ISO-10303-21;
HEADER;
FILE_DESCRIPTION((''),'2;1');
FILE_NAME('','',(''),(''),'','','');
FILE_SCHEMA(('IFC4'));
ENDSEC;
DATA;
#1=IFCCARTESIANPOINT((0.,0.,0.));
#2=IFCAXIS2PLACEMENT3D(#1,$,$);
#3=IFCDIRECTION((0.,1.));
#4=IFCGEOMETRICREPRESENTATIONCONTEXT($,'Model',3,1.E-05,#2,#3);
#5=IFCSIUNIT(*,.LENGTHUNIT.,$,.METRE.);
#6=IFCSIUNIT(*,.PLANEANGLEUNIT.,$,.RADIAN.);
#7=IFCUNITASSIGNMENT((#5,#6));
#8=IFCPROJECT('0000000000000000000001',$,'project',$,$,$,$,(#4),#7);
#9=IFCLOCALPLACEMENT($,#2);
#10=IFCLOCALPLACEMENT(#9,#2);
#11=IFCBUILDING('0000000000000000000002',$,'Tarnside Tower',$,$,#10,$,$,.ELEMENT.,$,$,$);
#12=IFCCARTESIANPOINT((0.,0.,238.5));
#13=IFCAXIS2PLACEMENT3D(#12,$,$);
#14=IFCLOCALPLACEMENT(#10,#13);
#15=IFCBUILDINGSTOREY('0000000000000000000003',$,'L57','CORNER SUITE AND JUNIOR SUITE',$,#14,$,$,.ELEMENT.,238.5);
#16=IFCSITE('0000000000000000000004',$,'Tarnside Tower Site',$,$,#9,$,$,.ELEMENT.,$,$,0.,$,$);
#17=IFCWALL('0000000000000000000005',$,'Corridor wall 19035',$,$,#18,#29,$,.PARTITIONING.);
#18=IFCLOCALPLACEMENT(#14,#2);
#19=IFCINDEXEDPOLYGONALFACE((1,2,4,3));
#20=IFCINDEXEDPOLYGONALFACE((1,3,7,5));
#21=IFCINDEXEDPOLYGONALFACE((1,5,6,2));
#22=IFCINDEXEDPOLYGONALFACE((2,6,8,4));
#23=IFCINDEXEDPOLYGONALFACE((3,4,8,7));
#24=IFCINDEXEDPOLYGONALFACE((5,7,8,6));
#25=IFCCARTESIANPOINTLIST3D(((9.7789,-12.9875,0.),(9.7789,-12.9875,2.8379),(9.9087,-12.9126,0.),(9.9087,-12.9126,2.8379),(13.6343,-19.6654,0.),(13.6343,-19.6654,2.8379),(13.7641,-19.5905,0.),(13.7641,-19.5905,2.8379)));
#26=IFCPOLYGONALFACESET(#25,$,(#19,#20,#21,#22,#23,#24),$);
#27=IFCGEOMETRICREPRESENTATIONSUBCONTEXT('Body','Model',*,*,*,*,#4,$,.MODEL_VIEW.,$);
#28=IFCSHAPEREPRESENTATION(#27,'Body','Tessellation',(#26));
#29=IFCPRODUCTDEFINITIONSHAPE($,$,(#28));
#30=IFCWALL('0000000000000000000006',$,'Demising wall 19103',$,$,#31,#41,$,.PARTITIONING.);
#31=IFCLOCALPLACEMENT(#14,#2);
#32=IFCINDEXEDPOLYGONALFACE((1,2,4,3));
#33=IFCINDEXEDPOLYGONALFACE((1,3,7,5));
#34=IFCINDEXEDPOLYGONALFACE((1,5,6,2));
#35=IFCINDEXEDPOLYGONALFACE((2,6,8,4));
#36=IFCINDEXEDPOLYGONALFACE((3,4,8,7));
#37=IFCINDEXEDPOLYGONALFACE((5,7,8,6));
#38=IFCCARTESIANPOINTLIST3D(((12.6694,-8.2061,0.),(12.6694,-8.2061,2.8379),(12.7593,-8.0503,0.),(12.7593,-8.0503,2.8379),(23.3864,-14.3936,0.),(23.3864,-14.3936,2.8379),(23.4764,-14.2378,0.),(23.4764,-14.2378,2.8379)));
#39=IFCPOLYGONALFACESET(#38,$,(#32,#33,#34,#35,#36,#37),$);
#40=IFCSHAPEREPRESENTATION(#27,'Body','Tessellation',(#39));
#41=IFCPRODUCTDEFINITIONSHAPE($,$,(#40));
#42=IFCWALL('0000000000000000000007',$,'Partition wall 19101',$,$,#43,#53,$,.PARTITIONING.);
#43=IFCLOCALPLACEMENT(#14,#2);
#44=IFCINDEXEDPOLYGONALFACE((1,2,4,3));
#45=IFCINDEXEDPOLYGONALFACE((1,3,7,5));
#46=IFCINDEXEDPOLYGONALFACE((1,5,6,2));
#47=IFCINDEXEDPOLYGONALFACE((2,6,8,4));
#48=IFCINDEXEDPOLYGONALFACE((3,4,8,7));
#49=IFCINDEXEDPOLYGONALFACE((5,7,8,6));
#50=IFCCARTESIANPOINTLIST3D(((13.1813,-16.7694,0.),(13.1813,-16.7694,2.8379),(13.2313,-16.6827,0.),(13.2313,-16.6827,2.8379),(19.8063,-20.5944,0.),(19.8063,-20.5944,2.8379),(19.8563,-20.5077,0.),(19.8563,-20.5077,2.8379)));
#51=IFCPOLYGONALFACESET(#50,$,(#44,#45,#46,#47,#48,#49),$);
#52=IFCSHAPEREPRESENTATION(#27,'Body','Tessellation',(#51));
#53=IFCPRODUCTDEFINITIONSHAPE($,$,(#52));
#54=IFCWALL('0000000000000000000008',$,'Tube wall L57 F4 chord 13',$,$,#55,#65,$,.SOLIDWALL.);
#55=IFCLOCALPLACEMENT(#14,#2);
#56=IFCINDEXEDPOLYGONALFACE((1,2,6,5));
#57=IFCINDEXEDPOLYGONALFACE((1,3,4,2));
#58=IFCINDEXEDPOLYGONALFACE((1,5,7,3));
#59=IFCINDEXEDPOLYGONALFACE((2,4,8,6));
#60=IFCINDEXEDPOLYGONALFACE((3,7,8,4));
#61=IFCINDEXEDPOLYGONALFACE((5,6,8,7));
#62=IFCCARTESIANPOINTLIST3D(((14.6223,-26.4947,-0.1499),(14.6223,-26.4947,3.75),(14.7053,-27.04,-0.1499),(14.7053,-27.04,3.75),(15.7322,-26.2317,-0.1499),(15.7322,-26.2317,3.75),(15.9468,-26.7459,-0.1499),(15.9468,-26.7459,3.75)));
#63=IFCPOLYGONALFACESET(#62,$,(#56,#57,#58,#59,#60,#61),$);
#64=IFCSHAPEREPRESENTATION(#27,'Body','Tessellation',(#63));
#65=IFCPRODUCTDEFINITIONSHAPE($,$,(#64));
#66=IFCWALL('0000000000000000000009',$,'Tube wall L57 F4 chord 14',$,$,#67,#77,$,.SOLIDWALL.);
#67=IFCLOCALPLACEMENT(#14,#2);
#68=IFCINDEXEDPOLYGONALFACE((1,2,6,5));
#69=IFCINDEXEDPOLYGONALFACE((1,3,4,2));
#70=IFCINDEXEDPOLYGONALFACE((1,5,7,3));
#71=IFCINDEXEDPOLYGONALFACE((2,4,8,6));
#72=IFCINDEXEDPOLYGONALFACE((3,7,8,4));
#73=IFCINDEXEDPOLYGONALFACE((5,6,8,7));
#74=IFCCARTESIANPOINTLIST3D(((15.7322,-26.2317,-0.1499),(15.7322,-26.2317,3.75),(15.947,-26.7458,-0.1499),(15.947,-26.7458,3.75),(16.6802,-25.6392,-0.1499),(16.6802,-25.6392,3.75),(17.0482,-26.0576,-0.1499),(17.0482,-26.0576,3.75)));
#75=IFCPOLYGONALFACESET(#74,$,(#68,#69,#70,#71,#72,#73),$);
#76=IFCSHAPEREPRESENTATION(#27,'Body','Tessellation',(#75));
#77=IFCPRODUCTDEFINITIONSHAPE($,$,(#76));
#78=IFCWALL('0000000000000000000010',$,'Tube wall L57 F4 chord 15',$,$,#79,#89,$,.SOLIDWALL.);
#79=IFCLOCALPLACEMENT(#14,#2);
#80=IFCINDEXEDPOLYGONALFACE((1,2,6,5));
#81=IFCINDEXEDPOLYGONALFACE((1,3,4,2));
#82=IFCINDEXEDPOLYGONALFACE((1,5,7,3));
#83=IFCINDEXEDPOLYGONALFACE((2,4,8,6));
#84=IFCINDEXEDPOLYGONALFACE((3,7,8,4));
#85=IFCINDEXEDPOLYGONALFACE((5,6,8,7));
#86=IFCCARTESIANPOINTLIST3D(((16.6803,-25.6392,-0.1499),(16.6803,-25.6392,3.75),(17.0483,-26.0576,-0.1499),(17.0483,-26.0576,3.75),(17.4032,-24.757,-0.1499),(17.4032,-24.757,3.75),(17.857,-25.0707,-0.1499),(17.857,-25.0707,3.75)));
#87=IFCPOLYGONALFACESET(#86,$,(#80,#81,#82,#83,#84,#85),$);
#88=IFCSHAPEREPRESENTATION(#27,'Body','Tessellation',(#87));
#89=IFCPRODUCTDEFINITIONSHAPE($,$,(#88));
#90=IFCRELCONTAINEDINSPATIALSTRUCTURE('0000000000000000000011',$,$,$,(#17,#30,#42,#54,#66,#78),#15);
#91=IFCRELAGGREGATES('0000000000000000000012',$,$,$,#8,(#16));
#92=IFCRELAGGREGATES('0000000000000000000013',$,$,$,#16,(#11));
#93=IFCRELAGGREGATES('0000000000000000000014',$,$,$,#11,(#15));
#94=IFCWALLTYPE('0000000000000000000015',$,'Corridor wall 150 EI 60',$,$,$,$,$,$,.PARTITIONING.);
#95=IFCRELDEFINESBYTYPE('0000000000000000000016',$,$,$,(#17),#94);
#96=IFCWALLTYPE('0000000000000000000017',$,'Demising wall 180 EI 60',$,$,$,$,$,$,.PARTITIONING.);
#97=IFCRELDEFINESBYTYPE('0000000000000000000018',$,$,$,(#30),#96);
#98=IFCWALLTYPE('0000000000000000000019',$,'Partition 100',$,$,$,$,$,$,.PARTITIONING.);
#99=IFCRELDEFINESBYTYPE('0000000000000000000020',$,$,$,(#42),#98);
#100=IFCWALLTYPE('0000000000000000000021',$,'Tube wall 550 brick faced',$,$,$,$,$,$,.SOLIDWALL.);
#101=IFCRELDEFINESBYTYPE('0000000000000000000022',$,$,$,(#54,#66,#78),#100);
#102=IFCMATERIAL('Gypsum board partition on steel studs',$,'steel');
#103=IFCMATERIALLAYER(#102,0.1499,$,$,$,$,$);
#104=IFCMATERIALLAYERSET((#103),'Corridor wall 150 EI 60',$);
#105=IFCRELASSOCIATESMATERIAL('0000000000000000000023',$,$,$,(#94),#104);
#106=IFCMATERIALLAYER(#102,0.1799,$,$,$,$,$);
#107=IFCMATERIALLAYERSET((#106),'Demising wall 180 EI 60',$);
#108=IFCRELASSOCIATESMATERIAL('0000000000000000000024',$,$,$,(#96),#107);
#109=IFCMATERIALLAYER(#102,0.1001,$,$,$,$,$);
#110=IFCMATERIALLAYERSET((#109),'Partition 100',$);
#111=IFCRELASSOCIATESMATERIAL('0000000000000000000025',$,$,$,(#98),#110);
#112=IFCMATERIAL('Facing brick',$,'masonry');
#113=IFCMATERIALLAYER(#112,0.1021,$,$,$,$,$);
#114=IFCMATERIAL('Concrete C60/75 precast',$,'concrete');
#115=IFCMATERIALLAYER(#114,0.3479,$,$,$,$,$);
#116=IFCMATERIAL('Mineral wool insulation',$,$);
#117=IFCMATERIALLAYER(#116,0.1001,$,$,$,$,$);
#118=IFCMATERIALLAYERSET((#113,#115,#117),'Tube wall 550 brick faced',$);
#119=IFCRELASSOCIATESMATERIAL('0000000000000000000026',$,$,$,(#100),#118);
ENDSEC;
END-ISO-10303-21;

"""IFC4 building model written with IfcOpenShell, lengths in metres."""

from ifc_helpers import new_model, si_unit, direction, frame, frame_2d, origin, place, context, subcontext, project, spatial, polyline, rectangle, outline, extrude, material, layer, layer_set, type_object, element, save


model = new_model("IFC4")

# Units and contexts
model_context = context("Model", 3, precision=1e-05, world=origin(), true_north=direction((0.0, 1.0)))
body_context = subcontext(model_context, "Body", "Model", "MODEL_VIEW")
ifc_project = project(units=[si_unit("LENGTHUNIT", "METRE"), si_unit("PLANEANGLEUNIT", "RADIAN")], contexts=[model_context])

# Site, building, storey
site_placement = place(None, origin())
site = spatial("IfcSite", under=ifc_project, at=site_placement, Name="Tarnside Tower Site", CompositionType="ELEMENT", RefElevation=0.0)
building_placement = place(site_placement, origin())
building = spatial("IfcBuilding", under=site, at=building_placement, Name="Tarnside Tower", CompositionType="ELEMENT")
storey_placement = place(building_placement, frame((0.0, 0.0, 238.5)))
storey = spatial("IfcBuildingStorey", under=building, at=storey_placement, Name="L57", Description="CORNER SUITE AND JUNIOR SUITE", CompositionType="ELEMENT", Elevation=238.5)

# Walls
ifc_material_1 = material(Name="Gypsum board partition on steel studs", Category="steel")
ifc_layer_1 = layer(ifc_material_1, 0.1499)
ifc_layer_set_1 = layer_set([ifc_layer_1], Name="Corridor wall 150 EI 60")
wall_type_1 = type_object("IfcWallType", Name="Corridor wall 150 EI 60", PredefinedType="PARTITIONING", material=ifc_layer_set_1)
wall_1_placement = place(storey_placement, frame((13.6992, -19.6279, 0.0), z_axis=(0.0, 0.0, 1.0), x_axis=(-0.499994, 0.866029, 0.0)))
element("IfcWall", 1, at=wall_1_placement, inside=storey, type_object=wall_type_1, Name="Corridor wall 19035", PredefinedType="PARTITIONING", context=body_context, shape_type="SweptSolid", body=[
    extrude(rectangle(XDim=7.7109, YDim=0.1499, at=frame_2d((3.8555, 0.0))), origin(), (0.0, 0.0, 1.0), 2.8379),
])
ifc_layer_2 = layer(ifc_material_1, 0.1799)
ifc_layer_set_2 = layer_set([ifc_layer_2], Name="Demising wall 180 EI 60")
wall_type_2 = type_object("IfcWallType", Name="Demising wall 180 EI 60", PredefinedType="PARTITIONING", material=ifc_layer_set_2)
wall_2_placement = place(storey_placement, frame((23.4314, -14.3157, 0.0), z_axis=(0.0, 0.0, 1.0), x_axis=(-0.866025, 0.500001, 0.0)))
element("IfcWall", 2, at=wall_2_placement, inside=storey, type_object=wall_type_2, Name="Demising wall 19103", PredefinedType="PARTITIONING", context=body_context, shape_type="SweptSolid", body=[
    extrude(rectangle(XDim=12.375, YDim=0.1799, at=frame_2d((6.1875, 0.0))), origin(), (0.0, 0.0, 1.0), 2.8379),
])
ifc_layer_3 = layer(ifc_material_1, 0.1001)
ifc_layer_set_3 = layer_set([ifc_layer_3], Name="Partition 100")
wall_type_3 = type_object("IfcWallType", Name="Partition 100", PredefinedType="PARTITIONING", material=ifc_layer_set_3)
wall_3_placement = place(storey_placement, frame((19.8313, -20.551, 0.0), z_axis=(0.0, 0.0, 1.0), x_axis=(-0.866025, 0.500001, 0.0)))
element("IfcWall", 3, at=wall_3_placement, inside=storey, type_object=wall_type_3, Name="Partition wall 19101", PredefinedType="PARTITIONING", context=body_context, shape_type="SweptSolid", body=[
    extrude(rectangle(XDim=7.6499, YDim=0.1001, at=frame_2d((3.825, 0.0))), origin(), (0.0, 0.0, 1.0), 2.8379),
])
ifc_material_2 = material(Name="Facing brick", Category="masonry")
ifc_layer_4 = layer(ifc_material_2, 0.1021)
ifc_material_3 = material(Name="Concrete C60/75 precast", Category="concrete")
ifc_layer_5 = layer(ifc_material_3, 0.3479)
ifc_material_4 = material(Name="Mineral wool insulation")
ifc_layer_6 = layer(ifc_material_4, 0.1001)
ifc_layer_set_4 = layer_set([ifc_layer_4, ifc_layer_5, ifc_layer_6], Name="Tube wall 550 brick faced")
wall_type_4 = type_object("IfcWallType", Name="Tube wall 550 brick faced", PredefinedType="SOLIDWALL", material=ifc_layer_set_4)
wall_4_placement = place(storey_placement, frame((14.6638, -26.7673, -0.1499), z_axis=(0.0, 0.0, 1.0), x_axis=(0.973064, 0.230537, 0.0)))
element("IfcWall", 4, at=wall_4_placement, inside=storey, type_object=wall_type_4, Name="Tube wall L57 F4 chord 13", PredefinedType="SOLIDWALL", context=body_context, shape_type="SweptSolid", body=[
    extrude(outline(polyline([(-0.0225, -0.2749), (1.2534, -0.2749), (1.1631, 0.2749), (0.0225, 0.2749), (-0.0225, -0.2749)])), origin(), (0.0, 0.0, 1.0), 3.8999),
])
wall_5_placement = place(storey_placement, frame((15.8396, -26.4888, -0.1499), z_axis=(0.0, 0.0, 1.0), x_axis=(0.84801, 0.529981, 0.0)))
element("IfcWall", 5, at=wall_5_placement, inside=storey, type_object=wall_type_4, Name="Tube wall L57 F4 chord 14", PredefinedType="SOLIDWALL", context=body_context, shape_type="SweptSolid", body=[
    extrude(outline(polyline([(-0.0452, -0.2749), (1.2534, -0.2749), (1.1631, 0.2749), (0.0452, 0.2749), (-0.0452, -0.2749)])), origin(), (0.0, 0.0, 1.0), 3.8999),
])
wall_6_placement = place(storey_placement, frame((16.8643, -25.8484, -0.1499), z_axis=(0.0, 0.0, 1.0), x_axis=(0.633843, 0.773462, 0.0)))
element("IfcWall", 6, at=wall_6_placement, inside=storey, type_object=wall_type_4, Name="Tube wall L57 F4 chord 15", PredefinedType="SOLIDWALL", context=body_context, shape_type="SweptSolid", body=[
    extrude(outline(polyline([(-0.0452, -0.2749), (1.2307, -0.2749), (1.1858, 0.2749), (0.0452, 0.2749), (-0.0452, -0.2749)])), origin(), (0.0, 0.0, 1.0), 3.8999),
])

save(model, "model.ifc")
